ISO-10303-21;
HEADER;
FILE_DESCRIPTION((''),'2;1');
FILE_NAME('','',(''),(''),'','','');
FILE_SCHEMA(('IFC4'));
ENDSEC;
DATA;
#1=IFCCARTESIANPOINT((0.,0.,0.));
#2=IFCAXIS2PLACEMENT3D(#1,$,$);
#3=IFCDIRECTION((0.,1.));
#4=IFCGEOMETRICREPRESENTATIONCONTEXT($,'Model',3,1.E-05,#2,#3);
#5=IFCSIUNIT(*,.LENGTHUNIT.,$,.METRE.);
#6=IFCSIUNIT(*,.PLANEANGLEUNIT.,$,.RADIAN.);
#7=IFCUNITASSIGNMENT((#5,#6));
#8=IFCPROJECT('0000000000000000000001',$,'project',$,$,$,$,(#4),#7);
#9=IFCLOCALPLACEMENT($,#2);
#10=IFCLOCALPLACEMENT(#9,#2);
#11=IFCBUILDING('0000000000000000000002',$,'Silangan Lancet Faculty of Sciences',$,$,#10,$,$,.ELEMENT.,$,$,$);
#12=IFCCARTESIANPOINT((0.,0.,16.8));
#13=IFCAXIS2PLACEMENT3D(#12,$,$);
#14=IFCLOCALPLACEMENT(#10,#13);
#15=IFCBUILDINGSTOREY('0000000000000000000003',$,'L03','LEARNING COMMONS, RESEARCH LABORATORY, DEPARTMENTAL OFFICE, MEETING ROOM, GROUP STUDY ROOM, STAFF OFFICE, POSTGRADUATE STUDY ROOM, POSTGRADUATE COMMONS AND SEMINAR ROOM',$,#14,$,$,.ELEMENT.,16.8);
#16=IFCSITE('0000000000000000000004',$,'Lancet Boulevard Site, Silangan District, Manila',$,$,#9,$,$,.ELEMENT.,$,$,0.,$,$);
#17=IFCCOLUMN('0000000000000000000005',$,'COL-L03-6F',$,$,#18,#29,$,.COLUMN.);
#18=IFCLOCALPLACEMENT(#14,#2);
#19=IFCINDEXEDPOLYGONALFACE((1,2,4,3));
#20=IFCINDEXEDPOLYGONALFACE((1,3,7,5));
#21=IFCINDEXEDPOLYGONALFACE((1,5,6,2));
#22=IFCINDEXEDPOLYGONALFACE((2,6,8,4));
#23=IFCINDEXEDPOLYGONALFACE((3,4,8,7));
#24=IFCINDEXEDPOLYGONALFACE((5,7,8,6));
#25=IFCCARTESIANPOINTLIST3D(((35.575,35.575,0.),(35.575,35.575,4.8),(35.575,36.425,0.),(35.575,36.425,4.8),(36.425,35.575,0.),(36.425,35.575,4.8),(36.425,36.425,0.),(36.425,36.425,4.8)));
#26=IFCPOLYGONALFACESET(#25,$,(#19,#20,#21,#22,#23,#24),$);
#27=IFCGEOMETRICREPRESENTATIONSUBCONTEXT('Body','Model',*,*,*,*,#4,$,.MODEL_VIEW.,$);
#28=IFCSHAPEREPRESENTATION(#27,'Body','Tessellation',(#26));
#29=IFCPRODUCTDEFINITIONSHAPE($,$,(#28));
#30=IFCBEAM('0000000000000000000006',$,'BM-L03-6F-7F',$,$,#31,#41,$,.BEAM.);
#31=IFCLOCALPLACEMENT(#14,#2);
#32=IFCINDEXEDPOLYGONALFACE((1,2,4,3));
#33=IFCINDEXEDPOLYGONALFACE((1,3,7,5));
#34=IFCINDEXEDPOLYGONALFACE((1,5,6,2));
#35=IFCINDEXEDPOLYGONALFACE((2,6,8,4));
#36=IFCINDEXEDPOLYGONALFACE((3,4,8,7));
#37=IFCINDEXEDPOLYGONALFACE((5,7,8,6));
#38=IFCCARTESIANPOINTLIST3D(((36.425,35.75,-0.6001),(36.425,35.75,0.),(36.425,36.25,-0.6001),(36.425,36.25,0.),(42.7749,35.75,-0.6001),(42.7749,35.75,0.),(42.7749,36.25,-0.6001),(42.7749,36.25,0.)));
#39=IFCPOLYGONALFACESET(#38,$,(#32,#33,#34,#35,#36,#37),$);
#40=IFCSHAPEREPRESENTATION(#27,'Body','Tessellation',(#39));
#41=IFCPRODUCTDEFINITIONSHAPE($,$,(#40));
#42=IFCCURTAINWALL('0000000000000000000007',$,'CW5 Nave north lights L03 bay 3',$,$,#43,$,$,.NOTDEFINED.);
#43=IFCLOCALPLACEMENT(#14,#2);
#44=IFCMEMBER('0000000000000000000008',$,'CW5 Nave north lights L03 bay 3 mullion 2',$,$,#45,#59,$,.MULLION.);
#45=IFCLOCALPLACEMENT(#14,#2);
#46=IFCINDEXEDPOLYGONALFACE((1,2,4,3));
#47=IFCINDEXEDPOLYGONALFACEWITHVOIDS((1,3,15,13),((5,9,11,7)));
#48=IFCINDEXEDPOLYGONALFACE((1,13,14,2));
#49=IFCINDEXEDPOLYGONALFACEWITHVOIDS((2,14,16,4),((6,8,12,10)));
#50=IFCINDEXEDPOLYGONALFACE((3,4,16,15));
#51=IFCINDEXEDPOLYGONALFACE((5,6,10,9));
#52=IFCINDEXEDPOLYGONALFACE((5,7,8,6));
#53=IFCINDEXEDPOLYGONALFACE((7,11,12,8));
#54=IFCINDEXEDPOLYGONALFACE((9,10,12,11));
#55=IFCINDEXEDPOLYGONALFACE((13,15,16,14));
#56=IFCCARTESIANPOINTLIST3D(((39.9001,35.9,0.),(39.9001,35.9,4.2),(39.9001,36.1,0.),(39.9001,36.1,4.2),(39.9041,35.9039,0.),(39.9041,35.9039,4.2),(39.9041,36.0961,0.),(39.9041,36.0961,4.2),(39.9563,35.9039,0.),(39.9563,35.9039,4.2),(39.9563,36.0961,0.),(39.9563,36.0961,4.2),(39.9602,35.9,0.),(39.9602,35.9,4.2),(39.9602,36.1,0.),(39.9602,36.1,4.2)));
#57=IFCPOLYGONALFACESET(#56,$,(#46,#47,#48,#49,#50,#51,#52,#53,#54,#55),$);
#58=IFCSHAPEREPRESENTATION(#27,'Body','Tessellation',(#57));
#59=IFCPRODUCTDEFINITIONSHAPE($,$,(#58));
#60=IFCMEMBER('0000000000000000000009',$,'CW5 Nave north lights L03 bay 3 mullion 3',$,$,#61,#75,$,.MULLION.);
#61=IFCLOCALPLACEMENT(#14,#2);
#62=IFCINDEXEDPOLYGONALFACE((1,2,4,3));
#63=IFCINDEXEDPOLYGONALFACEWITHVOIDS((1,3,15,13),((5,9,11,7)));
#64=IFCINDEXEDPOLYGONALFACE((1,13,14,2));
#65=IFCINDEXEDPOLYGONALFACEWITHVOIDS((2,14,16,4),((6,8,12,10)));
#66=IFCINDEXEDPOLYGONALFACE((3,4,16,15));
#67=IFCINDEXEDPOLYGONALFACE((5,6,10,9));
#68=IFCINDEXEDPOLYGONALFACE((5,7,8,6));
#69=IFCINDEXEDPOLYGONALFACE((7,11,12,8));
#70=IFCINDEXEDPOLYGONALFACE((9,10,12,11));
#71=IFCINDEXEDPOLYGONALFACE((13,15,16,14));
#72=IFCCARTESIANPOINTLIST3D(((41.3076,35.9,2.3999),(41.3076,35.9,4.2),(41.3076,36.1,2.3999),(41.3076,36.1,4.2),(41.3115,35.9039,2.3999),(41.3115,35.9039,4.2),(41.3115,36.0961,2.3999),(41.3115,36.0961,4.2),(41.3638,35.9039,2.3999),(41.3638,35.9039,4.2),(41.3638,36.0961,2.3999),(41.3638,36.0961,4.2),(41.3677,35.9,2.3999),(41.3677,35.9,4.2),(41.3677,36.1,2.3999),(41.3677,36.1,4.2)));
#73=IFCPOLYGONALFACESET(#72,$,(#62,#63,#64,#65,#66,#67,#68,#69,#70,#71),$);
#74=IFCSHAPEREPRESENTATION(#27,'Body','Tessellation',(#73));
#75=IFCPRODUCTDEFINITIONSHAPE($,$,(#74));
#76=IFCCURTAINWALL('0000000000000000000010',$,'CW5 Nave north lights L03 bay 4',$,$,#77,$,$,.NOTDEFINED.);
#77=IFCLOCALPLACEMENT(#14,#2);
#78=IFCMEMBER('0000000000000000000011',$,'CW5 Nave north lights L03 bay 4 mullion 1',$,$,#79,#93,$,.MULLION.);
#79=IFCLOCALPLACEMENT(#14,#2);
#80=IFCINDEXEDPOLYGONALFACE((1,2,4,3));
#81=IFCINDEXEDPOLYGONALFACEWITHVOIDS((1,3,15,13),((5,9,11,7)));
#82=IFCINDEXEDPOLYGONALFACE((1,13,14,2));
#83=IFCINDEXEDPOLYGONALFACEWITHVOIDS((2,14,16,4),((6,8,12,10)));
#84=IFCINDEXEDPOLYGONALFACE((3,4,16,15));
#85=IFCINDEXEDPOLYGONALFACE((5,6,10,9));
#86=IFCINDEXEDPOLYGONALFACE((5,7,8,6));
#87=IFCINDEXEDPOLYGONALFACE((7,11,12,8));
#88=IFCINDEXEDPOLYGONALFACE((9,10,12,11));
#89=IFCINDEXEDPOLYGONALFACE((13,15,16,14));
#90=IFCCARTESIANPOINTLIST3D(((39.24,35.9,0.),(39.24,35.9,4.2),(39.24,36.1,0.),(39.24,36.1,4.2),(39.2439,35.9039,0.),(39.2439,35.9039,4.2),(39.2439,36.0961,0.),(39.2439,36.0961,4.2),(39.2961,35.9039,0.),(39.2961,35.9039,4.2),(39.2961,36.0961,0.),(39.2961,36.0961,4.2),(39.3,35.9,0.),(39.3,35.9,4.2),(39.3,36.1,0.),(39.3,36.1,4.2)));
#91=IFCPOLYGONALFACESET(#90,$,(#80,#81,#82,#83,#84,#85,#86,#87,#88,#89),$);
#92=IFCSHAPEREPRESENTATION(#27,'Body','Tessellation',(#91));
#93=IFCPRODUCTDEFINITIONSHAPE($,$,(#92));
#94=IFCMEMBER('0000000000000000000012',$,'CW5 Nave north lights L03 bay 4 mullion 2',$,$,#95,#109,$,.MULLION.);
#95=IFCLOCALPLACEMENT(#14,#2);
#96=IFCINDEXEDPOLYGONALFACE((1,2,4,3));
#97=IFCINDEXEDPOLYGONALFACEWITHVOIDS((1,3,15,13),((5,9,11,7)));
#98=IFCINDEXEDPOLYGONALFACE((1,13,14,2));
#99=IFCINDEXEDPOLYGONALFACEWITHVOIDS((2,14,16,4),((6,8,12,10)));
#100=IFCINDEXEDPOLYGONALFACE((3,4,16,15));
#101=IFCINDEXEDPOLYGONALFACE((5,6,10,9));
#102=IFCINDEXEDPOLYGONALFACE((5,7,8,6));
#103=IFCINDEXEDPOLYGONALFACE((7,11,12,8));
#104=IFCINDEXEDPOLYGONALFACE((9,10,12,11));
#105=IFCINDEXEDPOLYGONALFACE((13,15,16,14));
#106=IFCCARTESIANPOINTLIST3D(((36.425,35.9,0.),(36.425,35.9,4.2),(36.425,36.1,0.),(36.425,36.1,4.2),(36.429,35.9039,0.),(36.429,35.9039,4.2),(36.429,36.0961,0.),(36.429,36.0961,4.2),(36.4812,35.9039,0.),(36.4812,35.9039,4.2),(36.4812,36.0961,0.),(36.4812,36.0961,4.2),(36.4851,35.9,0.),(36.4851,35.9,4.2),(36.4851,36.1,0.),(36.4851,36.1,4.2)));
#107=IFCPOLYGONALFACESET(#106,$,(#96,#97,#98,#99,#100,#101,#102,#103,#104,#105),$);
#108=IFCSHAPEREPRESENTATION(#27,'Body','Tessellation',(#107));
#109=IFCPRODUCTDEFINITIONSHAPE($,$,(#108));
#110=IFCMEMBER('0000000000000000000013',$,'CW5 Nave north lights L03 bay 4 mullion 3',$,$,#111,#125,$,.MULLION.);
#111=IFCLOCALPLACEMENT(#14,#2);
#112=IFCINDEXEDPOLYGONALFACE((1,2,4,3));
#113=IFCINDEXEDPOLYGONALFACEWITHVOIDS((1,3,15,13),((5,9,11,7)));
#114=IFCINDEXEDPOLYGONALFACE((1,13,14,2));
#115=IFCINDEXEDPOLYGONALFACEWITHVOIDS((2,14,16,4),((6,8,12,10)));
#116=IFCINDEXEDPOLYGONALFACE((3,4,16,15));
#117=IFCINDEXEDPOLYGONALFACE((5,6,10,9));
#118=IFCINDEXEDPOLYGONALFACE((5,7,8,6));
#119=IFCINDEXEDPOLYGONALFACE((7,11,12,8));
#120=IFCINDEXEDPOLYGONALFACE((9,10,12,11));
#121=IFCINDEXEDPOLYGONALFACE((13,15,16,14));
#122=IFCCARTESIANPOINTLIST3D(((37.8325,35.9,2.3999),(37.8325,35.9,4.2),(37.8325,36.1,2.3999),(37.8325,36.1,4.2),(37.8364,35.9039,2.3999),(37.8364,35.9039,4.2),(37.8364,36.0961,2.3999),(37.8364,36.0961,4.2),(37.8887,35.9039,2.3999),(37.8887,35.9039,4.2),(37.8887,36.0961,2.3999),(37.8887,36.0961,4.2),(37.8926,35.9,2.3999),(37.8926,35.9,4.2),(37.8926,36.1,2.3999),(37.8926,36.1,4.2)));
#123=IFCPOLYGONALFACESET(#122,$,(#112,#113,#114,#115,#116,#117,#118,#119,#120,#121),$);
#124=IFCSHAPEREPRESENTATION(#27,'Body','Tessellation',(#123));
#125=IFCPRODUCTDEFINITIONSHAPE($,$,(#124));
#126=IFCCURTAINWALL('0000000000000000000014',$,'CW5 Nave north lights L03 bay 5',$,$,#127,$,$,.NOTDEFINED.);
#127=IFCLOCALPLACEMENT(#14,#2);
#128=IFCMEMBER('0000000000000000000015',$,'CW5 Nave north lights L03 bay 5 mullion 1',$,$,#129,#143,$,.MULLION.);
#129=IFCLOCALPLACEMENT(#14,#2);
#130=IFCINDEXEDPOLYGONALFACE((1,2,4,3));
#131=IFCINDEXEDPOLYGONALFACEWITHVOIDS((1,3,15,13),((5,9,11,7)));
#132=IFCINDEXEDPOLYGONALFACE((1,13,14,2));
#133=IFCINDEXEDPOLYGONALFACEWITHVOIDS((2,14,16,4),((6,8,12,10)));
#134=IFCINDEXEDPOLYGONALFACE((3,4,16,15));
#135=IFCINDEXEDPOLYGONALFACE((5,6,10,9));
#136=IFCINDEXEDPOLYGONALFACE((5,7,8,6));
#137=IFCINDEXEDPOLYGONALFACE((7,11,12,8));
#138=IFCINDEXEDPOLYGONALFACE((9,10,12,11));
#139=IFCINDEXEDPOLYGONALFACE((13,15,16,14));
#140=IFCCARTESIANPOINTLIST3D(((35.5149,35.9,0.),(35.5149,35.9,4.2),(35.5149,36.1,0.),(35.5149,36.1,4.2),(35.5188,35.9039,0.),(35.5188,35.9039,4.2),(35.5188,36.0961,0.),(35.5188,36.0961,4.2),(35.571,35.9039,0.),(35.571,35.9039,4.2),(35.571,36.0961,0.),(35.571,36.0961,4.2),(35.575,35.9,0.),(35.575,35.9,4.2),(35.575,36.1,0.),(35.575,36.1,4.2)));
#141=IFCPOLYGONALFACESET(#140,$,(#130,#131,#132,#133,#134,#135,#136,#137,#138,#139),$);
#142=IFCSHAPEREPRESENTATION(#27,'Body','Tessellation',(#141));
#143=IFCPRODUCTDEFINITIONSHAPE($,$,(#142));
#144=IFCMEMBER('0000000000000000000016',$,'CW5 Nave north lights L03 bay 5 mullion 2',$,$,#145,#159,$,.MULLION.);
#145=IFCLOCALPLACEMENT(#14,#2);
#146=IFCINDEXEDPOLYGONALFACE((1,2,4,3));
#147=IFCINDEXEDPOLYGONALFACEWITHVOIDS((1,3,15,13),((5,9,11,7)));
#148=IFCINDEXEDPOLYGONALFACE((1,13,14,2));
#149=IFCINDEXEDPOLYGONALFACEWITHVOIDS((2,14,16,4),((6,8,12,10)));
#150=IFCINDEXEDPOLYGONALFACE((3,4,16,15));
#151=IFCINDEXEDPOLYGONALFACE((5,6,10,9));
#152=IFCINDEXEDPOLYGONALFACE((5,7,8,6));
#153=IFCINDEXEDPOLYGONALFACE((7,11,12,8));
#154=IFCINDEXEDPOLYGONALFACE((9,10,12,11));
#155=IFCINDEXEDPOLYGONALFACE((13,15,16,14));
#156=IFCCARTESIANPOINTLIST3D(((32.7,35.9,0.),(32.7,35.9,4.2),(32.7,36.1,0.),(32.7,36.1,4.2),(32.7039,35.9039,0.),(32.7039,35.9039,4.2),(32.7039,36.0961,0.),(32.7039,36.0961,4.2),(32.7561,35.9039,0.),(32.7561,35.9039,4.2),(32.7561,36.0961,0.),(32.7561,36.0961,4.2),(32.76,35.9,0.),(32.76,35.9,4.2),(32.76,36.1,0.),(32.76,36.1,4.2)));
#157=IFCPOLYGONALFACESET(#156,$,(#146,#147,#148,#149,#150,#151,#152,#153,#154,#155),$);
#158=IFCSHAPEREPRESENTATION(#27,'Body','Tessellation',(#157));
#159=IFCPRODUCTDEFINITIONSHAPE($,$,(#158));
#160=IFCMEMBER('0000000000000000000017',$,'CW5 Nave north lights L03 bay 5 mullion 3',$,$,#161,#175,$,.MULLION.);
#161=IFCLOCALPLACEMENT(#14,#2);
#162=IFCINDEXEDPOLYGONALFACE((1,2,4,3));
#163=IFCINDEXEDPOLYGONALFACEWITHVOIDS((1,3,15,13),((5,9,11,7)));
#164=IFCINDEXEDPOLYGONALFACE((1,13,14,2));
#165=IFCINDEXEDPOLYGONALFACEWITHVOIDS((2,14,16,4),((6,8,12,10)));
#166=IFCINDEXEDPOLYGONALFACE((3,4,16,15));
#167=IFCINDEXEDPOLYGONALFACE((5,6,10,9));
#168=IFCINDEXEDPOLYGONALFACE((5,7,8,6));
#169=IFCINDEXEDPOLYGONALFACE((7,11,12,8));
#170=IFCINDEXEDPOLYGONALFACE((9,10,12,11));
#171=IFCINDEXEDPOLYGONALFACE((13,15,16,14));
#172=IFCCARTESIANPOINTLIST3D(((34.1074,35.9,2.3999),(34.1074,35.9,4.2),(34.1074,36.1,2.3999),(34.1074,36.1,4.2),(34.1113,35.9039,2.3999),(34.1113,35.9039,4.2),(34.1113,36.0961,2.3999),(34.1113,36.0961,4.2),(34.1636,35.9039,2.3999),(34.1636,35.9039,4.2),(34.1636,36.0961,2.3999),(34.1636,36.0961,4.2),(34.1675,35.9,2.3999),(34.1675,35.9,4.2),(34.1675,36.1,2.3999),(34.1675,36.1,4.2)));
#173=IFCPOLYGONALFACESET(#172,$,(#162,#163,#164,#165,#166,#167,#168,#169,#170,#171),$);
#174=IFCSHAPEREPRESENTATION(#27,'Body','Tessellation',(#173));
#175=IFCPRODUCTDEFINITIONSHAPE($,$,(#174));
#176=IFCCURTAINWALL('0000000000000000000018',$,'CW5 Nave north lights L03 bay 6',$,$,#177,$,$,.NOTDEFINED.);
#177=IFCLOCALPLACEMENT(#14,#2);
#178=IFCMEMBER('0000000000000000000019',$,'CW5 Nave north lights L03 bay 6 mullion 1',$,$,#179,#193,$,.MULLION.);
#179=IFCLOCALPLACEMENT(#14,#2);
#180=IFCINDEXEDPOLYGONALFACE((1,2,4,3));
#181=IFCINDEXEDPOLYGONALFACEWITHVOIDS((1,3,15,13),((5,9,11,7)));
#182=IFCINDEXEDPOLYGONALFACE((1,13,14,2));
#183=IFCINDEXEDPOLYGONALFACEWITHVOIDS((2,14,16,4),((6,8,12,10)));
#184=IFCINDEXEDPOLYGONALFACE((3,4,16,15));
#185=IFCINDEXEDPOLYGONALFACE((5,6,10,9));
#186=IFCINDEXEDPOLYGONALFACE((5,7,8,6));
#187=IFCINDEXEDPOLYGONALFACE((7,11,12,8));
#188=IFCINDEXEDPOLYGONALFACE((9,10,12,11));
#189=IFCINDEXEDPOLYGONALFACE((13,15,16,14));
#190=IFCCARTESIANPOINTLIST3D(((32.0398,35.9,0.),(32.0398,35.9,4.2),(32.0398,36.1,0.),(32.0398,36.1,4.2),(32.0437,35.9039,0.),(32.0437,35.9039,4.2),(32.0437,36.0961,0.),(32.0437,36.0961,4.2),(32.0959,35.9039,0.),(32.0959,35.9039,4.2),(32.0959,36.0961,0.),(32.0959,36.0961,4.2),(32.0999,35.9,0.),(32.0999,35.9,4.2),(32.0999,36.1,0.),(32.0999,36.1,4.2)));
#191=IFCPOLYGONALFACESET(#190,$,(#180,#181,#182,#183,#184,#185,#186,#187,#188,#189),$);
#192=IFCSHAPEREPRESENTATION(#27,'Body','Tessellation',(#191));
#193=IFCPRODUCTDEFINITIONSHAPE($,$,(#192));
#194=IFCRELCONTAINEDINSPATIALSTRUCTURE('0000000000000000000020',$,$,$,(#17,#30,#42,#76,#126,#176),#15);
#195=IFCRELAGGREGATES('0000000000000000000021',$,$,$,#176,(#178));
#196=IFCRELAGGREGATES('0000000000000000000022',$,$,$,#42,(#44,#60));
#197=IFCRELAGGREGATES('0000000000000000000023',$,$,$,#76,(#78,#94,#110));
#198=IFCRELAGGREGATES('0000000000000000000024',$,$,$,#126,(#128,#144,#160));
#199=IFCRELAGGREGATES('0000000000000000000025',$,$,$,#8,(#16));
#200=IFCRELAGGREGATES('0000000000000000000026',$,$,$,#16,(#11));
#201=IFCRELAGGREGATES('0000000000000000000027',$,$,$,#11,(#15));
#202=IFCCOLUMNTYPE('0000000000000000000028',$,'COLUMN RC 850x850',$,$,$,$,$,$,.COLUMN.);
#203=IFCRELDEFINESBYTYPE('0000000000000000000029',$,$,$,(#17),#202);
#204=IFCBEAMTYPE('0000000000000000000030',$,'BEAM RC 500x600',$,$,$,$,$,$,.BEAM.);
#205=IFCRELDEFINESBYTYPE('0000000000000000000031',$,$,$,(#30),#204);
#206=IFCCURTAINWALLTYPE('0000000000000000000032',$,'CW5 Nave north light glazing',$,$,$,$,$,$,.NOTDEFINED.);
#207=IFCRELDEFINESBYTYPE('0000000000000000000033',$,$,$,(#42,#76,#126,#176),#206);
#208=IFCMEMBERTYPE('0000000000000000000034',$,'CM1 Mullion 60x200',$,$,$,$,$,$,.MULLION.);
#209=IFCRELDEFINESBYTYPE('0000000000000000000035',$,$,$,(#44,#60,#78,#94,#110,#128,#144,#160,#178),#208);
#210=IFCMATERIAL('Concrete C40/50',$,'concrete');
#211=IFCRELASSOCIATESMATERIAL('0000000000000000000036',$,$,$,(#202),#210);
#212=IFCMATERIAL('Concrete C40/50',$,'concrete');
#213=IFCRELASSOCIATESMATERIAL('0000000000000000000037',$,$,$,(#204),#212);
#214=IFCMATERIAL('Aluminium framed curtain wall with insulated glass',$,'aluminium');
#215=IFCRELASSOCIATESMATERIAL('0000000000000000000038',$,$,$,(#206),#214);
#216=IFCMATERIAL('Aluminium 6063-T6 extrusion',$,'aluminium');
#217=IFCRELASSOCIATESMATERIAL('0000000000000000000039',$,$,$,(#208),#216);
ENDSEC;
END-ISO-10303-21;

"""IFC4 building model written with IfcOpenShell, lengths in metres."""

from ifc_helpers import new_model, si_unit, direction, frame, origin, origin_2d, place, context, subcontext, project, spatial, rectangle, hollow_rectangle, extrude, material, material_profile, profile_set, type_object, element, aggregate, save


model = new_model("IFC4")

# Units and contexts
model_context = context("Model", 3, precision=1e-05, world=origin(), true_north=direction((0.0, 1.0)))
body_context = subcontext(model_context, "Body", "Model", "MODEL_VIEW")
ifc_project = project(units=[si_unit("LENGTHUNIT", "METRE"), si_unit("PLANEANGLEUNIT", "RADIAN")], contexts=[model_context])

# Site, building, storey
site_placement = place(None, origin())
site = spatial("IfcSite", under=ifc_project, at=site_placement, Name="Lancet Boulevard Site, Silangan District, Manila", CompositionType="ELEMENT", RefElevation=0.0)
building_placement = place(site_placement, origin())
building = spatial("IfcBuilding", under=site, at=building_placement, Name="Silangan Lancet Faculty of Sciences", CompositionType="ELEMENT")
storey_placement = place(building_placement, frame((0.0, 0.0, 16.8)))
storey = spatial("IfcBuildingStorey", under=building, at=storey_placement, Name="L03", Description="LEARNING COMMONS, RESEARCH LABORATORY, DEPARTMENTAL OFFICE, MEETING ROOM, GROUP STUDY ROOM, STAFF OFFICE, POSTGRADUATE STUDY ROOM, POSTGRADUATE COMMONS AND SEMINAR ROOM", CompositionType="ELEMENT", Elevation=16.8)

# Column
ifc_material_1 = material(Name="Concrete C40/50", Category="concrete")
ifc_material_profile_1 = material_profile(ifc_material_1, rectangle(XDim=0.8501, YDim=0.8501, at=origin_2d()), Name="RC 850x850")
ifc_profile_set_1 = profile_set([ifc_material_profile_1], Name="Concrete C40/50")
column_type = type_object("IfcColumnType", Name="COLUMN RC 850x850", PredefinedType="COLUMN", material=ifc_profile_set_1)
column_placement = place(storey_placement, frame((36.0, 36.0, 0.0), z_axis=(0.0, 0.0, 1.0), x_axis=(1.0, 0.0, 0.0)))
element("IfcColumn", 1, at=column_placement, inside=storey, type_object=column_type, Name="COL-L03-6F", PredefinedType="COLUMN", context=body_context, shape_type="SweptSolid", body=[
    extrude(rectangle(XDim=0.8501, YDim=0.8501, at=origin_2d()), origin(), (0.0, 0.0, 1.0), 4.8),
])

# Beam
ifc_material_2 = material(Name="Concrete C40/50", Category="concrete")
ifc_material_profile_2 = material_profile(ifc_material_2, rectangle(XDim=0.5, YDim=0.6001, at=origin_2d()), Name="RC 500x600")
ifc_profile_set_2 = profile_set([ifc_material_profile_2], Name="Concrete C40/50")
beam_type = type_object("IfcBeamType", Name="BEAM RC 500x600", PredefinedType="BEAM", material=ifc_profile_set_2)
beam_placement = place(storey_placement, frame((36.425, 36.0, -0.3), z_axis=(1.0, 0.0, 0.0), x_axis=(0.0, 1.0, 0.0)))
element("IfcBeam", 2, at=beam_placement, inside=storey, type_object=beam_type, Name="BM-L03-6F-7F", PredefinedType="BEAM", context=body_context, shape_type="SweptSolid", body=[
    extrude(rectangle(XDim=0.5, YDim=0.6001, at=origin_2d()), origin(), (0.0, 0.0, 1.0), 6.3499),
])

# Curtain walls, members
ifc_material_3 = material(Name="Aluminium framed curtain wall with insulated glass", Category="aluminium")
curtain_wall_type = type_object("IfcCurtainWallType", Name="CW5 Nave north light glazing", PredefinedType="NOTDEFINED", material=ifc_material_3)
curtain_wall_1_placement = place(storey_placement, origin())
curtain_wall_1 = element("IfcCurtainWall", 3, at=curtain_wall_1_placement, inside=storey, type_object=curtain_wall_type, Name="CW5 Nave north lights L03 bay 3", PredefinedType="NOTDEFINED")
ifc_material_4 = material(Name="Aluminium 6063-T6 extrusion", Category="aluminium")
ifc_material_profile_3 = material_profile(ifc_material_4, hollow_rectangle(XDim=0.0601, YDim=0.2, WallThickness=0.0039, at=origin_2d()), Name="AL BOX 60x200x4")
ifc_profile_set_3 = profile_set([ifc_material_profile_3], Name="Aluminium 6063-T6 extrusion")
member_type_1 = type_object("IfcMemberType", Name="CM1 Mullion 60x200", PredefinedType="MULLION", material=ifc_profile_set_3)
member_1_placement = place(storey_placement, frame((39.9302, 36.0, 0.0), z_axis=(0.0, 0.0, 1.0), x_axis=(-1.0, 0.0, 0.0)))
member_1 = element("IfcMember", 4, at=member_1_placement, type_object=member_type_1, Name="CW5 Nave north lights L03 bay 3 mullion 2", PredefinedType="MULLION", context=body_context, shape_type="SweptSolid", body=[
    extrude(hollow_rectangle(XDim=0.0601, YDim=0.2, WallThickness=0.0039, at=origin_2d()), origin(), (0.0, 0.0, 1.0), 4.2),
])
member_2_placement = place(storey_placement, frame((41.3376, 36.0, 2.3999), z_axis=(0.0, 0.0, 1.0), x_axis=(-1.0, 0.0, 0.0)))
member_2 = element("IfcMember", 5, at=member_2_placement, type_object=member_type_1, Name="CW5 Nave north lights L03 bay 3 mullion 3", PredefinedType="MULLION", context=body_context, shape_type="SweptSolid", body=[
    extrude(hollow_rectangle(XDim=0.0601, YDim=0.2, WallThickness=0.0039, at=origin_2d()), origin(), (0.0, 0.0, 1.0), 1.8),
])
curtain_wall_2_placement = place(storey_placement, origin())
curtain_wall_2 = element("IfcCurtainWall", 6, at=curtain_wall_2_placement, inside=storey, type_object=curtain_wall_type, Name="CW5 Nave north lights L03 bay 4", PredefinedType="NOTDEFINED")
member_3_placement = place(storey_placement, frame((39.27, 36.0, 0.0), z_axis=(0.0, 0.0, 1.0), x_axis=(-1.0, 0.0, 0.0)))
member_3 = element("IfcMember", 7, at=member_3_placement, type_object=member_type_1, Name="CW5 Nave north lights L03 bay 4 mullion 1", PredefinedType="MULLION", context=body_context, shape_type="SweptSolid", body=[
    extrude(hollow_rectangle(XDim=0.0601, YDim=0.2, WallThickness=0.0039, at=origin_2d()), origin(), (0.0, 0.0, 1.0), 4.2),
])
member_4_placement = place(storey_placement, frame((36.4551, 36.0, 0.0), z_axis=(0.0, 0.0, 1.0), x_axis=(-1.0, 0.0, 0.0)))
member_4 = element("IfcMember", 8, at=member_4_placement, type_object=member_type_1, Name="CW5 Nave north lights L03 bay 4 mullion 2", PredefinedType="MULLION", context=body_context, shape_type="SweptSolid", body=[
    extrude(hollow_rectangle(XDim=0.0601, YDim=0.2, WallThickness=0.0039, at=origin_2d()), origin(), (0.0, 0.0, 1.0), 4.2),
])
member_5_placement = place(storey_placement, frame((37.8625, 36.0, 2.3999), z_axis=(0.0, 0.0, 1.0), x_axis=(-1.0, 0.0, 0.0)))
member_5 = element("IfcMember", 9, at=member_5_placement, type_object=member_type_1, Name="CW5 Nave north lights L03 bay 4 mullion 3", PredefinedType="MULLION", context=body_context, shape_type="SweptSolid", body=[
    extrude(hollow_rectangle(XDim=0.0601, YDim=0.2, WallThickness=0.0039, at=origin_2d()), origin(), (0.0, 0.0, 1.0), 1.8),
])
curtain_wall_3_placement = place(storey_placement, origin())
curtain_wall_3 = element("IfcCurtainWall", 10, at=curtain_wall_3_placement, inside=storey, type_object=curtain_wall_type, Name="CW5 Nave north lights L03 bay 5", PredefinedType="NOTDEFINED")
member_6_placement = place(storey_placement, frame((35.5449, 36.0, 0.0), z_axis=(0.0, 0.0, 1.0), x_axis=(-1.0, 0.0, 0.0)))
member_6 = element("IfcMember", 11, at=member_6_placement, type_object=member_type_1, Name="CW5 Nave north lights L03 bay 5 mullion 1", PredefinedType="MULLION", context=body_context, shape_type="SweptSolid", body=[
    extrude(hollow_rectangle(XDim=0.0601, YDim=0.2, WallThickness=0.0039, at=origin_2d()), origin(), (0.0, 0.0, 1.0), 4.2),
])
member_7_placement = place(storey_placement, frame((32.73, 36.0, 0.0), z_axis=(0.0, 0.0, 1.0), x_axis=(-1.0, 0.0, 0.0)))
member_7 = element("IfcMember", 12, at=member_7_placement, type_object=member_type_1, Name="CW5 Nave north lights L03 bay 5 mullion 2", PredefinedType="MULLION", context=body_context, shape_type="SweptSolid", body=[
    extrude(hollow_rectangle(XDim=0.0601, YDim=0.2, WallThickness=0.0039, at=origin_2d()), origin(), (0.0, 0.0, 1.0), 4.2),
])
member_8_placement = place(storey_placement, frame((34.1375, 36.0, 2.3999), z_axis=(0.0, 0.0, 1.0), x_axis=(-1.0, 0.0, 0.0)))
member_8 = element("IfcMember", 13, at=member_8_placement, type_object=member_type_1, Name="CW5 Nave north lights L03 bay 5 mullion 3", PredefinedType="MULLION", context=body_context, shape_type="SweptSolid", body=[
    extrude(hollow_rectangle(XDim=0.0601, YDim=0.2, WallThickness=0.0039, at=origin_2d()), origin(), (0.0, 0.0, 1.0), 1.8),
])

# Curtain wall, member
curtain_wall_4_placement = place(storey_placement, origin())
curtain_wall_4 = element("IfcCurtainWall", 14, at=curtain_wall_4_placement, inside=storey, type_object=curtain_wall_type, Name="CW5 Nave north lights L03 bay 6", PredefinedType="NOTDEFINED")
member_9_placement = place(storey_placement, frame((32.0698, 36.0, 0.0), z_axis=(0.0, 0.0, 1.0), x_axis=(-1.0, 0.0, 0.0)))
member_9 = element("IfcMember", 15, at=member_9_placement, type_object=member_type_1, Name="CW5 Nave north lights L03 bay 6 mullion 1", PredefinedType="MULLION", context=body_context, shape_type="SweptSolid", body=[
    extrude(hollow_rectangle(XDim=0.0601, YDim=0.2, WallThickness=0.0039, at=origin_2d()), origin(), (0.0, 0.0, 1.0), 4.2),
])

aggregate(curtain_wall_4, [member_9])

aggregate(curtain_wall_1, [member_1, member_2])
aggregate(curtain_wall_2, [member_3, member_4, member_5])
aggregate(curtain_wall_3, [member_6, member_7, member_8])

save(model, "model.ifc")
